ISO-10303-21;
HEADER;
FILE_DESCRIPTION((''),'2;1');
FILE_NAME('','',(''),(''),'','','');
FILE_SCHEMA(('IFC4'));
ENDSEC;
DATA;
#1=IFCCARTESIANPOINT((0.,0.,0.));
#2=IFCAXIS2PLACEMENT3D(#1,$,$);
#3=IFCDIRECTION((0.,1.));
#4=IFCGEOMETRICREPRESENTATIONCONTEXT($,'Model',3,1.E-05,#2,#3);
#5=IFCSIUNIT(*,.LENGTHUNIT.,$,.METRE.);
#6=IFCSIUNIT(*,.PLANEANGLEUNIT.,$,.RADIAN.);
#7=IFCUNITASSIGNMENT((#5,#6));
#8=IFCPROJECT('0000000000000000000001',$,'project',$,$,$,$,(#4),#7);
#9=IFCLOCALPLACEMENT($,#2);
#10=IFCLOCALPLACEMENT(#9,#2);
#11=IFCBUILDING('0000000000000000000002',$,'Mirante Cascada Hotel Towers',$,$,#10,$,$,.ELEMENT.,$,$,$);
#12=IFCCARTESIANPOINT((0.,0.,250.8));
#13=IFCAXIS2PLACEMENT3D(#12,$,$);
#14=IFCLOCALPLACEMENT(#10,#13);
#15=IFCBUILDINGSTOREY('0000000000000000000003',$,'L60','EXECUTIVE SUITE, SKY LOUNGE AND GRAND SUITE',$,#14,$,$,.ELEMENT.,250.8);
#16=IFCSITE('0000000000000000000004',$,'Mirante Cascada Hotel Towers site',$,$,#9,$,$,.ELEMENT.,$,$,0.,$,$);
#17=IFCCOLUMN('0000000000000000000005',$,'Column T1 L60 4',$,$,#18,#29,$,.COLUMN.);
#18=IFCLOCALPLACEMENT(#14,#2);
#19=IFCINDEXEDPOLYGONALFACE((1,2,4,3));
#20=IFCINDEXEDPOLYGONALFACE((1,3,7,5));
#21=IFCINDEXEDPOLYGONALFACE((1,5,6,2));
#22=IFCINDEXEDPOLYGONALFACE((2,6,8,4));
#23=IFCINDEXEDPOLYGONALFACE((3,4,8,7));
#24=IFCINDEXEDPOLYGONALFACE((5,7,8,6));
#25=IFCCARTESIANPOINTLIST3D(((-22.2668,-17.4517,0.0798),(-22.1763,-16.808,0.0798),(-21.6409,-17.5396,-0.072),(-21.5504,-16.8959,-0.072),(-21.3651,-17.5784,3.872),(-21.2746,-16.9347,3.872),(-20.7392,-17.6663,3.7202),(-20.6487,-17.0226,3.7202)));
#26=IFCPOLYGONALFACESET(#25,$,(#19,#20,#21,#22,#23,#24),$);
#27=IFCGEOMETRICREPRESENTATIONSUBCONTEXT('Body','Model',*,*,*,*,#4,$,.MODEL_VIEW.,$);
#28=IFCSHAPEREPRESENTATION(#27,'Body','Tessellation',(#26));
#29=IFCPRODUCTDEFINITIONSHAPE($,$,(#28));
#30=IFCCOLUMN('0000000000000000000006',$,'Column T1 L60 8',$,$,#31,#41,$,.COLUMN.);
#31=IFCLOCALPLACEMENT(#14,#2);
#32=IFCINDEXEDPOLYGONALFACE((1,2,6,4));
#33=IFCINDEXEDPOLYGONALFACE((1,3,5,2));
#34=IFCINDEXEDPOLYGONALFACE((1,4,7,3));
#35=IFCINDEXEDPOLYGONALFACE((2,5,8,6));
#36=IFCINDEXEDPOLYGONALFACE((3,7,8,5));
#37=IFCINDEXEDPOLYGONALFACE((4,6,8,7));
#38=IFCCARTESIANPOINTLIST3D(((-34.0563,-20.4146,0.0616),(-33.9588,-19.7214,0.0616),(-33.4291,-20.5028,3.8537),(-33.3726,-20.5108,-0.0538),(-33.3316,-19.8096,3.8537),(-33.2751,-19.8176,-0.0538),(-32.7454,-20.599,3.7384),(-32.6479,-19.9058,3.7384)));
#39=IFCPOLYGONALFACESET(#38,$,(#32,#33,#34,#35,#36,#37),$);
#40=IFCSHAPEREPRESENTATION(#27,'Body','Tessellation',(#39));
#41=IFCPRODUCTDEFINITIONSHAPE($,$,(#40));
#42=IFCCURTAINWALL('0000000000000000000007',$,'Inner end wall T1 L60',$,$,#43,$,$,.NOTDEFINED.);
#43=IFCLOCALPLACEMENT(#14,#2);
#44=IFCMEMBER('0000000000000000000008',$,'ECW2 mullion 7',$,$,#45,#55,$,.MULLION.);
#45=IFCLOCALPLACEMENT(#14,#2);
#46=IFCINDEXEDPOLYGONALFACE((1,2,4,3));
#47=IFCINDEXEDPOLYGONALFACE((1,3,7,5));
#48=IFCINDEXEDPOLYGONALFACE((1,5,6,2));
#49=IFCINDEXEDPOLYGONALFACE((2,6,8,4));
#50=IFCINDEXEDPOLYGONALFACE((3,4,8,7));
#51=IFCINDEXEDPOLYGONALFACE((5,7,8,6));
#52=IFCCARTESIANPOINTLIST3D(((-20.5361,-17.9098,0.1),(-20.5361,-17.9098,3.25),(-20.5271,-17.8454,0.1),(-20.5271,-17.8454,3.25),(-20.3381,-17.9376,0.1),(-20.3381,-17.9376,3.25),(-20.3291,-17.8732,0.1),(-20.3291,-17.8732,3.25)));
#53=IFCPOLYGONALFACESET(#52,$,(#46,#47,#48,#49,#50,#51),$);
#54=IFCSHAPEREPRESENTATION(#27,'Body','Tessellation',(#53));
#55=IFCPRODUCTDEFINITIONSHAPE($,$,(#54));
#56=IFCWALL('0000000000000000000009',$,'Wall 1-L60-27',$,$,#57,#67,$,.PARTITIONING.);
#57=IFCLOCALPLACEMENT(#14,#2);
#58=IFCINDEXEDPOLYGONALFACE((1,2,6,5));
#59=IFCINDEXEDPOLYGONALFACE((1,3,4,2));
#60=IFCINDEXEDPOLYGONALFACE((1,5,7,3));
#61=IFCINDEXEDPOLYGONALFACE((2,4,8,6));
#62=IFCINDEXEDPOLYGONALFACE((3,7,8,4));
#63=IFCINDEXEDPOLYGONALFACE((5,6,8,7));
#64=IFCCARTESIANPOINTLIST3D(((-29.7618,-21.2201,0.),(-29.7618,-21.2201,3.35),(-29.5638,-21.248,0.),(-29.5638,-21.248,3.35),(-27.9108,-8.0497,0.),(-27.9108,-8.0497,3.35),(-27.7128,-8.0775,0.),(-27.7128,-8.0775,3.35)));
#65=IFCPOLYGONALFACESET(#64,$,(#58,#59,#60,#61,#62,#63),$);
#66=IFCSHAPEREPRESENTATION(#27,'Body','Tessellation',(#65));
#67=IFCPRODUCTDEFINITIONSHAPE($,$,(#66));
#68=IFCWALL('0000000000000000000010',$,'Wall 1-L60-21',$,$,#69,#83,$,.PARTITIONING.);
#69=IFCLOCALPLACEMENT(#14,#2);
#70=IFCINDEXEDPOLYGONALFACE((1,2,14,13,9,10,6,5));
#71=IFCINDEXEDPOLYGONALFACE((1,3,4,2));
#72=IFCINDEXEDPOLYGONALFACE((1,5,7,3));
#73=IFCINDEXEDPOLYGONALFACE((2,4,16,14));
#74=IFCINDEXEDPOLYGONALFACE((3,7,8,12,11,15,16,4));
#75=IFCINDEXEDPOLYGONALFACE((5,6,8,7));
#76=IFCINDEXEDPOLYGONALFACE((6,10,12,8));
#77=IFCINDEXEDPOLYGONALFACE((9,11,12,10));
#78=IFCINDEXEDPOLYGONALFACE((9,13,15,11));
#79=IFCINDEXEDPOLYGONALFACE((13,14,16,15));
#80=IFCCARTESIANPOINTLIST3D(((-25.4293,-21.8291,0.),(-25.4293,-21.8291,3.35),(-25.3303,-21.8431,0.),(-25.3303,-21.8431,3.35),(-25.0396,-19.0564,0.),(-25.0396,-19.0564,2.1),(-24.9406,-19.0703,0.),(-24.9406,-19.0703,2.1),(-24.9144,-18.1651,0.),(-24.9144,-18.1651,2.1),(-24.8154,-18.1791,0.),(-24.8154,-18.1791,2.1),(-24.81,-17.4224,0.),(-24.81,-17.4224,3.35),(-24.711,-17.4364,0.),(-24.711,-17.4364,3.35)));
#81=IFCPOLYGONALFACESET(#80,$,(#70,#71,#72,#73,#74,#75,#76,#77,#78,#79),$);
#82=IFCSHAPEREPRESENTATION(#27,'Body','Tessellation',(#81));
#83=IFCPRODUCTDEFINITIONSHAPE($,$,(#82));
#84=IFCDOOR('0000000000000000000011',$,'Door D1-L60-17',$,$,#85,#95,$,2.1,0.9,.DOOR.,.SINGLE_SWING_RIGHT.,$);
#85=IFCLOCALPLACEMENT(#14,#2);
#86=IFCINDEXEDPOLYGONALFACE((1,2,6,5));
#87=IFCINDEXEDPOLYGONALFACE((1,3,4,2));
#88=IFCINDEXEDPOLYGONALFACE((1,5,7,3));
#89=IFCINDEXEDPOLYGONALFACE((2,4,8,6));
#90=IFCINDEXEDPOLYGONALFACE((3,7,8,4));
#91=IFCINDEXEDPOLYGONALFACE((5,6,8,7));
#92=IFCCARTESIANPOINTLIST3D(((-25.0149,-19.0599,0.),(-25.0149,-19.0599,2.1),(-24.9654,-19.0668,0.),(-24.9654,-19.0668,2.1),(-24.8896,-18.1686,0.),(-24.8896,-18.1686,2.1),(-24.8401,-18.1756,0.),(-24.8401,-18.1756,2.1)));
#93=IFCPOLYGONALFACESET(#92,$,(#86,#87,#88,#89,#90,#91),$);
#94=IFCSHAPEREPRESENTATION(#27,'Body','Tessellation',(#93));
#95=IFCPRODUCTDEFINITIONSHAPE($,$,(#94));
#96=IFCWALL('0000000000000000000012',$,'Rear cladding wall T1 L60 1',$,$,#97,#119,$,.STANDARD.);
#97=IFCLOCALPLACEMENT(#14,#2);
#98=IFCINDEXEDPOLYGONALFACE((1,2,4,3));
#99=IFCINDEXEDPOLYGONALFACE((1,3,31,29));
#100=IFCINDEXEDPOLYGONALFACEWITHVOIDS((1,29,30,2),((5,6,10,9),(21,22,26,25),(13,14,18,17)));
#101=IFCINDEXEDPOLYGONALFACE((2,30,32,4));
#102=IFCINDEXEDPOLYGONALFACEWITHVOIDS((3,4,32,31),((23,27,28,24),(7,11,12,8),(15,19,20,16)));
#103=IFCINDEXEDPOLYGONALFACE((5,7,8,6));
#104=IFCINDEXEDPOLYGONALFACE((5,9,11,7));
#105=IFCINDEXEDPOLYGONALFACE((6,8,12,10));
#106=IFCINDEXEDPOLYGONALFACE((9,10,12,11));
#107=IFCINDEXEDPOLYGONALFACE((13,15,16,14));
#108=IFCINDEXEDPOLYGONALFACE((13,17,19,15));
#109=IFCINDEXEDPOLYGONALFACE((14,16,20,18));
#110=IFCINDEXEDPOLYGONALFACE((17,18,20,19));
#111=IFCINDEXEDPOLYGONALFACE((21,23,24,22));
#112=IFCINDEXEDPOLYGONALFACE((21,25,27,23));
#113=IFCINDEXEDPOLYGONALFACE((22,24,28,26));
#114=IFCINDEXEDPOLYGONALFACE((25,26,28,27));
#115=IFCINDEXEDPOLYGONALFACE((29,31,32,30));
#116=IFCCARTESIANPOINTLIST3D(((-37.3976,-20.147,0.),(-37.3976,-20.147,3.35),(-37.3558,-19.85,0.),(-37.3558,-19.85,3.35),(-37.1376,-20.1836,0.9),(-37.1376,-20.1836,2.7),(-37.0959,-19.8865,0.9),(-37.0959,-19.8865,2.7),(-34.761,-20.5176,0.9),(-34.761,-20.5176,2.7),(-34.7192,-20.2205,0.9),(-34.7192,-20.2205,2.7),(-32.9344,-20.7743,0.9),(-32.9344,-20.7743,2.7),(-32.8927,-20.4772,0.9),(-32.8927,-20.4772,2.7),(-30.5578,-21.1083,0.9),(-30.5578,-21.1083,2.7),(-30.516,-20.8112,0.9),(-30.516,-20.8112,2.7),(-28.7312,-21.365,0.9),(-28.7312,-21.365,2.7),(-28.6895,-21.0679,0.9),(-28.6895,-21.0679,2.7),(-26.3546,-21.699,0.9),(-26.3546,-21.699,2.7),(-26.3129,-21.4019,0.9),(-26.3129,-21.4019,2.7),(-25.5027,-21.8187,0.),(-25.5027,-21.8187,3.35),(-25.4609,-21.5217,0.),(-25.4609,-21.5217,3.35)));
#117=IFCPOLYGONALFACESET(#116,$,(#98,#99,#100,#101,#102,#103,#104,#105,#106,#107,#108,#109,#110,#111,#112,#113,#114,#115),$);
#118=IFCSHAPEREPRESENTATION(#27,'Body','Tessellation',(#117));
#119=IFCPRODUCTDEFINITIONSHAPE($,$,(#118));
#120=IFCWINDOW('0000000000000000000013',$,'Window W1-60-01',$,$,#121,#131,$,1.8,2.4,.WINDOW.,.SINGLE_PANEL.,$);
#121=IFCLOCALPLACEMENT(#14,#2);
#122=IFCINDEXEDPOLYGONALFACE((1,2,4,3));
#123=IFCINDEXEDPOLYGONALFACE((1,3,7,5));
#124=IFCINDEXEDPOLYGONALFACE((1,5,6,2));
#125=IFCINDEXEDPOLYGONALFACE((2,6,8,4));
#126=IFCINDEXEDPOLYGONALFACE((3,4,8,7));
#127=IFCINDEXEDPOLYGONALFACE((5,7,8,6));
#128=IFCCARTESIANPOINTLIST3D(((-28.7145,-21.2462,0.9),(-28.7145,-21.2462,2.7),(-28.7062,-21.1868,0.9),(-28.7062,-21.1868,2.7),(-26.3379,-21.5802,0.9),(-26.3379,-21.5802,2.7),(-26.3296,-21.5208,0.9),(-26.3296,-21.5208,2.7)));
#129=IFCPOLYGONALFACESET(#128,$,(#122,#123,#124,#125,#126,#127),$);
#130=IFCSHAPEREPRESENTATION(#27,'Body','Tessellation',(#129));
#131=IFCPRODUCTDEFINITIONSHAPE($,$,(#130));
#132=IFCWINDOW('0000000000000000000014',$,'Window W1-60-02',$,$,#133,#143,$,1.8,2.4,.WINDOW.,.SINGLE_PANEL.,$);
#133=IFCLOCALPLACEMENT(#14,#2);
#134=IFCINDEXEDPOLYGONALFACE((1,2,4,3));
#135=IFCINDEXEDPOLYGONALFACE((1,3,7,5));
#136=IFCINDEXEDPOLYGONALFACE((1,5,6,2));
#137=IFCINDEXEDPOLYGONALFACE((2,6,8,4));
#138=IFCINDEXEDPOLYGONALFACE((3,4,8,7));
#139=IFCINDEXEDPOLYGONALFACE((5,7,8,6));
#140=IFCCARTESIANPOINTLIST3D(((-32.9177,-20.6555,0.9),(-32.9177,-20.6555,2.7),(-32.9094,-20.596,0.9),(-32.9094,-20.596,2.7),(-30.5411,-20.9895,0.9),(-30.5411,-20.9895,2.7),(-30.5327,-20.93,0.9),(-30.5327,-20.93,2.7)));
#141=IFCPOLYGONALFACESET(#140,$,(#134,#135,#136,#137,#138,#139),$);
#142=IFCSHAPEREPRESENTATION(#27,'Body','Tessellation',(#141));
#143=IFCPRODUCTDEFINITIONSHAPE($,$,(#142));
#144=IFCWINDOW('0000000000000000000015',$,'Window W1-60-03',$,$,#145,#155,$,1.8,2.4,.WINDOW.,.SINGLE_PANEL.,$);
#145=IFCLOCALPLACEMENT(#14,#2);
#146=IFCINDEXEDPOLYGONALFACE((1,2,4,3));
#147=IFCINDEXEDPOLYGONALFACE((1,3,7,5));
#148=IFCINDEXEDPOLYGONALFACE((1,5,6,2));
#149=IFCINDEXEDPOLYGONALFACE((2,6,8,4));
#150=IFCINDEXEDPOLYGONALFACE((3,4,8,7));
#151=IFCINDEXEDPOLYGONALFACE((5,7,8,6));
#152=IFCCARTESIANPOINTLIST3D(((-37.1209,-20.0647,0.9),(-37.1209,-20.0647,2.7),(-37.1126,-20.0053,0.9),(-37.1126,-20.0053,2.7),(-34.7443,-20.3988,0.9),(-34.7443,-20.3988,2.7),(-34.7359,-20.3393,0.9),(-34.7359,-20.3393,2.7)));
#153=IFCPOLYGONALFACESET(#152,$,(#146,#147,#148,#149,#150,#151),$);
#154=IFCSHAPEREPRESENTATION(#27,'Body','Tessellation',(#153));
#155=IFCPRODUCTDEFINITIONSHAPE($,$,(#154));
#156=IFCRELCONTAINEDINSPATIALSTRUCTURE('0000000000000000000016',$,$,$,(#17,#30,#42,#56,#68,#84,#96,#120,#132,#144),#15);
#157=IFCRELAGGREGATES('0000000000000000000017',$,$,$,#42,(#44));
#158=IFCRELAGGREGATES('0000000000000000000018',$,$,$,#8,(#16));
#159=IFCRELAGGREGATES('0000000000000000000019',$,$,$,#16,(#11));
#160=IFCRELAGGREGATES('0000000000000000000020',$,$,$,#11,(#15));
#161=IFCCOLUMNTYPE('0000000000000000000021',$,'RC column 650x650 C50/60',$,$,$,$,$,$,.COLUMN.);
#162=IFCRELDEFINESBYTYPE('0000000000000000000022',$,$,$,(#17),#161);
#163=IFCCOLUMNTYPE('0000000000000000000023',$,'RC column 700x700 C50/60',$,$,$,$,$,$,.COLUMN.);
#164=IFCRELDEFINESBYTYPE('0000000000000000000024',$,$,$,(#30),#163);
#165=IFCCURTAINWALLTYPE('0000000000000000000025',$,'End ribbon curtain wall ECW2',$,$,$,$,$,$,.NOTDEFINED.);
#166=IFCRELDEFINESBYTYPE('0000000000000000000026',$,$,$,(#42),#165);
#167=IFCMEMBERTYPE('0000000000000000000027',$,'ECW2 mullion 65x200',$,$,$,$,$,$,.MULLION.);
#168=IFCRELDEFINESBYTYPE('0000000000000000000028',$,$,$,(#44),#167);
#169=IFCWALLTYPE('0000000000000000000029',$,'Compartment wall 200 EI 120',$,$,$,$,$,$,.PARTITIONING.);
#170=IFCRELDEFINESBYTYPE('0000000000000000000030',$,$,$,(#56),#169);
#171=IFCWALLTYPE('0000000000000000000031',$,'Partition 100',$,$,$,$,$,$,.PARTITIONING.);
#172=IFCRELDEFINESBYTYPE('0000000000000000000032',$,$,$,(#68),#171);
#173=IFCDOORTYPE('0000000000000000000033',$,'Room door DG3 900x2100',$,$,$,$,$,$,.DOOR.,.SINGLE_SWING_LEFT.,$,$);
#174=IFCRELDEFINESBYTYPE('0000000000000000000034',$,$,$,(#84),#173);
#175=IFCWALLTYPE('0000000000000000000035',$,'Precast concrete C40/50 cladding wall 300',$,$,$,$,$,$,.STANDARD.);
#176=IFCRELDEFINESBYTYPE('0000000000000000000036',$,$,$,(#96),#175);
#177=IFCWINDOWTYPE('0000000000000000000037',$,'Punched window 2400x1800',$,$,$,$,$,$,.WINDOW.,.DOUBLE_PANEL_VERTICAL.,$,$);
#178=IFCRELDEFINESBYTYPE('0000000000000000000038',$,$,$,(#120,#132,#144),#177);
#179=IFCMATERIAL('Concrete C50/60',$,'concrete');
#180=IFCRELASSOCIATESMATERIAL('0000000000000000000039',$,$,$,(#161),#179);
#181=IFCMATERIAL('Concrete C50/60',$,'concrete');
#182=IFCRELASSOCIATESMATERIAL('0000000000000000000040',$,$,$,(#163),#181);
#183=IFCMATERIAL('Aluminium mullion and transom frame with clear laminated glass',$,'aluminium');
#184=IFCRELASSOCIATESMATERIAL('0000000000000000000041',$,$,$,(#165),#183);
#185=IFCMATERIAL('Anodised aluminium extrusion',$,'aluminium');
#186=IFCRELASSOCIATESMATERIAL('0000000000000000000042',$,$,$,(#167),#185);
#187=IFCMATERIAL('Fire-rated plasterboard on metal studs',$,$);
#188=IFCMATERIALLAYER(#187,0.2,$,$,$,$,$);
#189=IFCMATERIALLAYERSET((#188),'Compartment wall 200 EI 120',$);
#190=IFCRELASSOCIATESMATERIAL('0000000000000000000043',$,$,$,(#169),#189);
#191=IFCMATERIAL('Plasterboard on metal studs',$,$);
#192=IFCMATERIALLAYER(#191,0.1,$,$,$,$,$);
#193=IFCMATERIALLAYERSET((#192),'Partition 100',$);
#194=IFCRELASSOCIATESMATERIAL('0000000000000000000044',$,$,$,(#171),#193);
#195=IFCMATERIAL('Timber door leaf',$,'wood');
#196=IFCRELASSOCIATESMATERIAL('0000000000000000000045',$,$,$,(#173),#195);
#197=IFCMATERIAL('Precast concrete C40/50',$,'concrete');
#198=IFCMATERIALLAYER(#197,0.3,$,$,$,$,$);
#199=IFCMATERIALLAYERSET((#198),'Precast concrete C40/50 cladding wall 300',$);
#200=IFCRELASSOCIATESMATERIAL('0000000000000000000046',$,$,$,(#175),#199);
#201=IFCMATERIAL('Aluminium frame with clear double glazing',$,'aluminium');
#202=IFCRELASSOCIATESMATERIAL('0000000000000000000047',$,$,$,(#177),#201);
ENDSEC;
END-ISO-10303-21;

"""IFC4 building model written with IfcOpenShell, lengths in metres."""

from ifc_helpers import new_model, si_unit, direction, frame, frame_2d, origin, origin_2d, place, context, subcontext, project, spatial, rectangle, extrude, material, layer, layer_set, material_profile, profile_set, type_object, element, fill, aggregate, save


model = new_model("IFC4")

# Units and contexts
model_context = context("Model", 3, precision=1e-05, world=origin(), true_north=direction((0.0, 1.0)))
body_context = subcontext(model_context, "Body", "Model", "MODEL_VIEW")
ifc_project = project(units=[si_unit("LENGTHUNIT", "METRE"), si_unit("PLANEANGLEUNIT", "RADIAN")], contexts=[model_context])

# Site, building, storey
site_placement = place(None, origin())
site = spatial("IfcSite", under=ifc_project, at=site_placement, Name="Mirante Cascada Hotel Towers site", CompositionType="ELEMENT", RefElevation=0.0)
building_placement = place(site_placement, origin())
building = spatial("IfcBuilding", under=site, at=building_placement, Name="Mirante Cascada Hotel Towers", CompositionType="ELEMENT")
storey_placement = place(building_placement, frame((0.0, 0.0, 250.8)))
storey = spatial("IfcBuildingStorey", under=building, at=storey_placement, Name="L60", Description="EXECUTIVE SUITE, SKY LOUNGE AND GRAND SUITE", CompositionType="ELEMENT", Elevation=250.8)

# Columns
ifc_material_1 = material(Name="Concrete C50/60", Category="concrete")
ifc_material_profile_1 = material_profile(ifc_material_1, rectangle(XDim=0.65, YDim=0.65, at=origin_2d()), Name="RC column 650x650 C50/60")
ifc_profile_set_1 = profile_set([ifc_material_profile_1], Name="Concrete C50/60")
column_type_1 = type_object("IfcColumnType", Name="RC column 650x650 C50/60", PredefinedType="COLUMN", material=ifc_profile_set_1)
column_1_placement = place(storey_placement, frame((-21.9086, -17.1738, 0.0039), z_axis=(0.231206, -0.032487, 0.972362), x_axis=(0.139146, 0.990272, 0.0)))
element("IfcColumn", 1, at=column_1_placement, inside=storey, type_object=column_type_1, Name="Column T1 L60 4", PredefinedType="COLUMN", context=body_context, shape_type="SweptSolid", body=[
    extrude(rectangle(XDim=0.65, YDim=0.65, at=origin_2d()), origin(), (0.0, 0.0, 1.0), 3.9),
])
ifc_material_2 = material(Name="Concrete C50/60", Category="concrete")
ifc_material_profile_2 = material_profile(ifc_material_2, rectangle(XDim=0.7, YDim=0.7, at=origin_2d()), Name="RC column 700x700 C50/60")
ifc_profile_set_2 = profile_set([ifc_material_profile_2], Name="Concrete C50/60")
column_type_2 = type_object("IfcColumnType", Name="RC column 700x700 C50/60", PredefinedType="COLUMN", material=ifc_profile_set_2)
column_2_placement = place(storey_placement, frame((-33.6657, -20.1161, 0.0039), z_axis=(0.163132, -0.02294, 0.986337), x_axis=(0.139255, 0.990257, 0.0)))
element("IfcColumn", 2, at=column_2_placement, inside=storey, type_object=column_type_2, Name="Column T1 L60 8", PredefinedType="COLUMN", context=body_context, shape_type="SweptSolid", body=[
    extrude(rectangle(XDim=0.7, YDim=0.7, at=origin_2d()), origin(), (0.0, 0.0, 1.0), 3.8447),
])

# Curtain wall, member
ifc_material_3 = material(Name="Aluminium mullion and transom frame with clear laminated glass", Category="aluminium")
curtain_wall_type = type_object("IfcCurtainWallType", Name="End ribbon curtain wall ECW2", PredefinedType="NOTDEFINED", material=ifc_material_3)
curtain_wall_placement = place(storey_placement, origin())
curtain_wall = element("IfcCurtainWall", 3, at=curtain_wall_placement, inside=storey, type_object=curtain_wall_type, Name="Inner end wall T1 L60", PredefinedType="NOTDEFINED")
ifc_material_4 = material(Name="Anodised aluminium extrusion", Category="aluminium")
ifc_material_profile_3 = material_profile(ifc_material_4, rectangle(XDim=0.2, YDim=0.065, at=origin_2d()), Name="ECW2 MULLION 65x200")
ifc_profile_set_3 = profile_set([ifc_material_profile_3], Name="Anodised aluminium extrusion")
member_type = type_object("IfcMemberType", Name="ECW2 mullion 65x200", PredefinedType="MULLION", material=ifc_profile_set_3)
member_placement = place(storey_placement, frame((-20.4326, -17.8915, 0.1), z_axis=(0.0, 0.0, 1.0), x_axis=(0.990268, -0.139173, 0.0)))
member = element("IfcMember", 4, at=member_placement, type_object=member_type, Name="ECW2 mullion 7", PredefinedType="MULLION", context=body_context, shape_type="SweptSolid", body=[
    extrude(rectangle(XDim=0.2, YDim=0.065, at=origin_2d()), origin(), (0.0, 0.0, 1.0), 3.15),
])
aggregate(curtain_wall, [member])

# Wall
ifc_material_5 = material(Name="Fire-rated plasterboard on metal studs")
ifc_layer_1 = layer(ifc_material_5, 0.2)
ifc_layer_set_1 = layer_set([ifc_layer_1], Name="Compartment wall 200 EI 120")
wall_type_1 = type_object("IfcWallType", Name="Compartment wall 200 EI 120", PredefinedType="PARTITIONING", material=ifc_layer_set_1)
wall_1_placement = place(storey_placement, frame((-29.6628, -21.2341, 0.0), z_axis=(0.0, 0.0, 1.0), x_axis=(0.139174, 0.990268, 0.0)))
element("IfcWall", 5, at=wall_1_placement, inside=storey, type_object=wall_type_1, Name="Wall 1-L60-27", PredefinedType="PARTITIONING", context=body_context, shape_type="SweptSolid", body=[
    extrude(rectangle(XDim=13.2999, YDim=0.2, at=frame_2d((6.65, 0.0))), origin(), (0.0, 0.0, 1.0), 3.35),
])

# Wall, opening, door
ifc_material_6 = material(Name="Plasterboard on metal studs")
ifc_layer_2 = layer(ifc_material_6, 0.1)
ifc_layer_set_2 = layer_set([ifc_layer_2], Name="Partition 100")
wall_type_2 = type_object("IfcWallType", Name="Partition 100", PredefinedType="PARTITIONING", material=ifc_layer_set_2)
wall_2_placement = place(storey_placement, frame((-25.3798, -21.8361, 0.0), z_axis=(0.0, 0.0, 1.0), x_axis=(0.139168, 0.990269, 0.0)))
wall_2 = element("IfcWall", 6, at=wall_2_placement, inside=storey, type_object=wall_type_2, Name="Wall 1-L60-21", PredefinedType="PARTITIONING", context=body_context, shape_type="SweptSolid", body=[
    extrude(rectangle(XDim=4.45, YDim=0.1, at=frame_2d((2.225, 0.0))), origin(), (0.0, 0.0, 1.0), 3.35),
])
opening_1_placement = place(wall_2_placement, frame((2.8, 0.0, 0.0)))
opening_1 = element("IfcOpeningElement", 7, at=opening_1_placement, cuts=wall_2, PredefinedType="OPENING", context=body_context, shape_type="SweptSolid", body=[
    extrude(rectangle(XDim=0.9, YDim=2.1, at=frame_2d((0.45, 1.05))), frame((0.0, 0.05, 0.0), z_axis=(0.0, -1.0, 0.0), x_axis=(1.0, 0.0, 0.0)), (0.0, 0.0, 1.0), 0.1),
])
ifc_material_7 = material(Name="Timber door leaf", Category="wood")
door_type_1 = type_object("IfcDoorType", Name="Room door DG3 900x2100", OperationType="SINGLE_SWING_LEFT", PredefinedType="DOOR", material=ifc_material_7)
door_1_placement = place(opening_1_placement, frame((0.9, 0.0, 0.0), z_axis=(0.0, 0.0, 1.0), x_axis=(-1.0, 0.0, 0.0)))
door_1 = element("IfcDoor", 8, at=door_1_placement, inside=storey, type_object=door_type_1, Name="Door D1-L60-17", OperationType="SINGLE_SWING_RIGHT", OverallHeight=2.1, OverallWidth=0.9, PredefinedType="DOOR", context=body_context, shape_type="SweptSolid", body=[
    extrude(rectangle(XDim=0.9, YDim=2.1, at=frame_2d((0.45, 1.05))), frame((0.0, 0.025, 0.0), z_axis=(0.0, -1.0, 0.0), x_axis=(1.0, 0.0, 0.0)), (0.0, 0.0, 1.0), 0.05),
])
fill(opening_1, door_1)

# Wall, openings, windows
ifc_material_8 = material(Name="Precast concrete C40/50", Category="concrete")
ifc_layer_3 = layer(ifc_material_8, 0.3)
ifc_layer_set_3 = layer_set([ifc_layer_3], Name="Precast concrete C40/50 cladding wall 300")
wall_type_3 = type_object("IfcWallType", Name="Precast concrete C40/50 cladding wall 300", PredefinedType="STANDARD", material=ifc_layer_set_3)
wall_3_placement = place(storey_placement, frame((-25.4818, -21.6702, 0.0), z_axis=(0.0, 0.0, 1.0), x_axis=(-0.990268, 0.139172, 0.0)))
wall_3 = element("IfcWall", 9, at=wall_3_placement, inside=storey, type_object=wall_type_3, Name="Rear cladding wall T1 L60 1", PredefinedType="STANDARD", context=body_context, shape_type="SweptSolid", body=[
    extrude(rectangle(XDim=12.0118, YDim=0.3, at=frame_2d((6.0059, 0.0))), origin(), (0.0, 0.0, 1.0), 3.35),
])
opening_2_placement = place(wall_3_placement, frame((0.8603, 0.0, 0.9)))
opening_2 = element("IfcOpeningElement", 10, at=opening_2_placement, cuts=wall_3, PredefinedType="OPENING", context=body_context, shape_type="SweptSolid", body=[
    extrude(rectangle(XDim=2.4, YDim=1.8, at=frame_2d((1.2, 0.9))), frame((0.0, 0.15, 0.0), z_axis=(0.0, -1.0, 0.0), x_axis=(1.0, 0.0, 0.0)), (0.0, 0.0, 1.0), 0.3),
])
opening_3_placement = place(wall_3_placement, frame((5.1048, 0.0, 0.9)))
opening_3 = element("IfcOpeningElement", 11, at=opening_3_placement, cuts=wall_3, PredefinedType="OPENING", context=body_context, shape_type="SweptSolid", body=[
    extrude(rectangle(XDim=2.4, YDim=1.8, at=frame_2d((1.2, 0.9))), frame((0.0, 0.15, 0.0), z_axis=(0.0, -1.0, 0.0), x_axis=(1.0, 0.0, 0.0)), (0.0, 0.0, 1.0), 0.3),
])
opening_4_placement = place(wall_3_placement, frame((9.3493, 0.0, 0.9)))
opening_4 = element("IfcOpeningElement", 12, at=opening_4_placement, cuts=wall_3, PredefinedType="OPENING", context=body_context, shape_type="SweptSolid", body=[
    extrude(rectangle(XDim=2.4, YDim=1.8, at=frame_2d((1.2, 0.9))), frame((0.0, 0.15, 0.0), z_axis=(0.0, -1.0, 0.0), x_axis=(1.0, 0.0, 0.0)), (0.0, 0.0, 1.0), 0.3),
])
ifc_material_9 = material(Name="Aluminium frame with clear double glazing", Category="aluminium")
window_type_1 = type_object("IfcWindowType", Name="Punched window 2400x1800", PartitioningType="DOUBLE_PANEL_VERTICAL", PredefinedType="WINDOW", material=ifc_material_9)
window_1_placement = place(opening_2_placement, origin())
window_1 = element("IfcWindow", 13, at=window_1_placement, inside=storey, type_object=window_type_1, Name="Window W1-60-01", OverallHeight=1.8, OverallWidth=2.4, PartitioningType="SINGLE_PANEL", PredefinedType="WINDOW", context=body_context, shape_type="SweptSolid", body=[
    extrude(rectangle(XDim=2.4, YDim=1.8, at=frame_2d((1.2, 0.9))), frame((0.0, 0.03, 0.0), z_axis=(0.0, -1.0, 0.0), x_axis=(1.0, 0.0, 0.0)), (0.0, 0.0, 1.0), 0.06),
])
fill(opening_2, window_1)
window_2_placement = place(opening_3_placement, origin())
window_2 = element("IfcWindow", 14, at=window_2_placement, inside=storey, type_object=window_type_1, Name="Window W1-60-02", OverallHeight=1.8, OverallWidth=2.4, PartitioningType="SINGLE_PANEL", PredefinedType="WINDOW", context=body_context, shape_type="SweptSolid", body=[
    extrude(rectangle(XDim=2.4, YDim=1.8, at=frame_2d((1.2, 0.9))), frame((0.0, 0.03, 0.0), z_axis=(0.0, -1.0, 0.0), x_axis=(1.0, 0.0, 0.0)), (0.0, 0.0, 1.0), 0.06),
])
fill(opening_3, window_2)
window_3_placement = place(opening_4_placement, origin())
window_3 = element("IfcWindow", 15, at=window_3_placement, inside=storey, type_object=window_type_1, Name="Window W1-60-03", OverallHeight=1.8, OverallWidth=2.4, PartitioningType="SINGLE_PANEL", PredefinedType="WINDOW", context=body_context, shape_type="SweptSolid", body=[
    extrude(rectangle(XDim=2.4, YDim=1.8, at=frame_2d((1.2, 0.9))), frame((0.0, 0.03, 0.0), z_axis=(0.0, -1.0, 0.0), x_axis=(1.0, 0.0, 0.0)), (0.0, 0.0, 1.0), 0.06),
])
fill(opening_4, window_3)

save(model, "model.ifc")
